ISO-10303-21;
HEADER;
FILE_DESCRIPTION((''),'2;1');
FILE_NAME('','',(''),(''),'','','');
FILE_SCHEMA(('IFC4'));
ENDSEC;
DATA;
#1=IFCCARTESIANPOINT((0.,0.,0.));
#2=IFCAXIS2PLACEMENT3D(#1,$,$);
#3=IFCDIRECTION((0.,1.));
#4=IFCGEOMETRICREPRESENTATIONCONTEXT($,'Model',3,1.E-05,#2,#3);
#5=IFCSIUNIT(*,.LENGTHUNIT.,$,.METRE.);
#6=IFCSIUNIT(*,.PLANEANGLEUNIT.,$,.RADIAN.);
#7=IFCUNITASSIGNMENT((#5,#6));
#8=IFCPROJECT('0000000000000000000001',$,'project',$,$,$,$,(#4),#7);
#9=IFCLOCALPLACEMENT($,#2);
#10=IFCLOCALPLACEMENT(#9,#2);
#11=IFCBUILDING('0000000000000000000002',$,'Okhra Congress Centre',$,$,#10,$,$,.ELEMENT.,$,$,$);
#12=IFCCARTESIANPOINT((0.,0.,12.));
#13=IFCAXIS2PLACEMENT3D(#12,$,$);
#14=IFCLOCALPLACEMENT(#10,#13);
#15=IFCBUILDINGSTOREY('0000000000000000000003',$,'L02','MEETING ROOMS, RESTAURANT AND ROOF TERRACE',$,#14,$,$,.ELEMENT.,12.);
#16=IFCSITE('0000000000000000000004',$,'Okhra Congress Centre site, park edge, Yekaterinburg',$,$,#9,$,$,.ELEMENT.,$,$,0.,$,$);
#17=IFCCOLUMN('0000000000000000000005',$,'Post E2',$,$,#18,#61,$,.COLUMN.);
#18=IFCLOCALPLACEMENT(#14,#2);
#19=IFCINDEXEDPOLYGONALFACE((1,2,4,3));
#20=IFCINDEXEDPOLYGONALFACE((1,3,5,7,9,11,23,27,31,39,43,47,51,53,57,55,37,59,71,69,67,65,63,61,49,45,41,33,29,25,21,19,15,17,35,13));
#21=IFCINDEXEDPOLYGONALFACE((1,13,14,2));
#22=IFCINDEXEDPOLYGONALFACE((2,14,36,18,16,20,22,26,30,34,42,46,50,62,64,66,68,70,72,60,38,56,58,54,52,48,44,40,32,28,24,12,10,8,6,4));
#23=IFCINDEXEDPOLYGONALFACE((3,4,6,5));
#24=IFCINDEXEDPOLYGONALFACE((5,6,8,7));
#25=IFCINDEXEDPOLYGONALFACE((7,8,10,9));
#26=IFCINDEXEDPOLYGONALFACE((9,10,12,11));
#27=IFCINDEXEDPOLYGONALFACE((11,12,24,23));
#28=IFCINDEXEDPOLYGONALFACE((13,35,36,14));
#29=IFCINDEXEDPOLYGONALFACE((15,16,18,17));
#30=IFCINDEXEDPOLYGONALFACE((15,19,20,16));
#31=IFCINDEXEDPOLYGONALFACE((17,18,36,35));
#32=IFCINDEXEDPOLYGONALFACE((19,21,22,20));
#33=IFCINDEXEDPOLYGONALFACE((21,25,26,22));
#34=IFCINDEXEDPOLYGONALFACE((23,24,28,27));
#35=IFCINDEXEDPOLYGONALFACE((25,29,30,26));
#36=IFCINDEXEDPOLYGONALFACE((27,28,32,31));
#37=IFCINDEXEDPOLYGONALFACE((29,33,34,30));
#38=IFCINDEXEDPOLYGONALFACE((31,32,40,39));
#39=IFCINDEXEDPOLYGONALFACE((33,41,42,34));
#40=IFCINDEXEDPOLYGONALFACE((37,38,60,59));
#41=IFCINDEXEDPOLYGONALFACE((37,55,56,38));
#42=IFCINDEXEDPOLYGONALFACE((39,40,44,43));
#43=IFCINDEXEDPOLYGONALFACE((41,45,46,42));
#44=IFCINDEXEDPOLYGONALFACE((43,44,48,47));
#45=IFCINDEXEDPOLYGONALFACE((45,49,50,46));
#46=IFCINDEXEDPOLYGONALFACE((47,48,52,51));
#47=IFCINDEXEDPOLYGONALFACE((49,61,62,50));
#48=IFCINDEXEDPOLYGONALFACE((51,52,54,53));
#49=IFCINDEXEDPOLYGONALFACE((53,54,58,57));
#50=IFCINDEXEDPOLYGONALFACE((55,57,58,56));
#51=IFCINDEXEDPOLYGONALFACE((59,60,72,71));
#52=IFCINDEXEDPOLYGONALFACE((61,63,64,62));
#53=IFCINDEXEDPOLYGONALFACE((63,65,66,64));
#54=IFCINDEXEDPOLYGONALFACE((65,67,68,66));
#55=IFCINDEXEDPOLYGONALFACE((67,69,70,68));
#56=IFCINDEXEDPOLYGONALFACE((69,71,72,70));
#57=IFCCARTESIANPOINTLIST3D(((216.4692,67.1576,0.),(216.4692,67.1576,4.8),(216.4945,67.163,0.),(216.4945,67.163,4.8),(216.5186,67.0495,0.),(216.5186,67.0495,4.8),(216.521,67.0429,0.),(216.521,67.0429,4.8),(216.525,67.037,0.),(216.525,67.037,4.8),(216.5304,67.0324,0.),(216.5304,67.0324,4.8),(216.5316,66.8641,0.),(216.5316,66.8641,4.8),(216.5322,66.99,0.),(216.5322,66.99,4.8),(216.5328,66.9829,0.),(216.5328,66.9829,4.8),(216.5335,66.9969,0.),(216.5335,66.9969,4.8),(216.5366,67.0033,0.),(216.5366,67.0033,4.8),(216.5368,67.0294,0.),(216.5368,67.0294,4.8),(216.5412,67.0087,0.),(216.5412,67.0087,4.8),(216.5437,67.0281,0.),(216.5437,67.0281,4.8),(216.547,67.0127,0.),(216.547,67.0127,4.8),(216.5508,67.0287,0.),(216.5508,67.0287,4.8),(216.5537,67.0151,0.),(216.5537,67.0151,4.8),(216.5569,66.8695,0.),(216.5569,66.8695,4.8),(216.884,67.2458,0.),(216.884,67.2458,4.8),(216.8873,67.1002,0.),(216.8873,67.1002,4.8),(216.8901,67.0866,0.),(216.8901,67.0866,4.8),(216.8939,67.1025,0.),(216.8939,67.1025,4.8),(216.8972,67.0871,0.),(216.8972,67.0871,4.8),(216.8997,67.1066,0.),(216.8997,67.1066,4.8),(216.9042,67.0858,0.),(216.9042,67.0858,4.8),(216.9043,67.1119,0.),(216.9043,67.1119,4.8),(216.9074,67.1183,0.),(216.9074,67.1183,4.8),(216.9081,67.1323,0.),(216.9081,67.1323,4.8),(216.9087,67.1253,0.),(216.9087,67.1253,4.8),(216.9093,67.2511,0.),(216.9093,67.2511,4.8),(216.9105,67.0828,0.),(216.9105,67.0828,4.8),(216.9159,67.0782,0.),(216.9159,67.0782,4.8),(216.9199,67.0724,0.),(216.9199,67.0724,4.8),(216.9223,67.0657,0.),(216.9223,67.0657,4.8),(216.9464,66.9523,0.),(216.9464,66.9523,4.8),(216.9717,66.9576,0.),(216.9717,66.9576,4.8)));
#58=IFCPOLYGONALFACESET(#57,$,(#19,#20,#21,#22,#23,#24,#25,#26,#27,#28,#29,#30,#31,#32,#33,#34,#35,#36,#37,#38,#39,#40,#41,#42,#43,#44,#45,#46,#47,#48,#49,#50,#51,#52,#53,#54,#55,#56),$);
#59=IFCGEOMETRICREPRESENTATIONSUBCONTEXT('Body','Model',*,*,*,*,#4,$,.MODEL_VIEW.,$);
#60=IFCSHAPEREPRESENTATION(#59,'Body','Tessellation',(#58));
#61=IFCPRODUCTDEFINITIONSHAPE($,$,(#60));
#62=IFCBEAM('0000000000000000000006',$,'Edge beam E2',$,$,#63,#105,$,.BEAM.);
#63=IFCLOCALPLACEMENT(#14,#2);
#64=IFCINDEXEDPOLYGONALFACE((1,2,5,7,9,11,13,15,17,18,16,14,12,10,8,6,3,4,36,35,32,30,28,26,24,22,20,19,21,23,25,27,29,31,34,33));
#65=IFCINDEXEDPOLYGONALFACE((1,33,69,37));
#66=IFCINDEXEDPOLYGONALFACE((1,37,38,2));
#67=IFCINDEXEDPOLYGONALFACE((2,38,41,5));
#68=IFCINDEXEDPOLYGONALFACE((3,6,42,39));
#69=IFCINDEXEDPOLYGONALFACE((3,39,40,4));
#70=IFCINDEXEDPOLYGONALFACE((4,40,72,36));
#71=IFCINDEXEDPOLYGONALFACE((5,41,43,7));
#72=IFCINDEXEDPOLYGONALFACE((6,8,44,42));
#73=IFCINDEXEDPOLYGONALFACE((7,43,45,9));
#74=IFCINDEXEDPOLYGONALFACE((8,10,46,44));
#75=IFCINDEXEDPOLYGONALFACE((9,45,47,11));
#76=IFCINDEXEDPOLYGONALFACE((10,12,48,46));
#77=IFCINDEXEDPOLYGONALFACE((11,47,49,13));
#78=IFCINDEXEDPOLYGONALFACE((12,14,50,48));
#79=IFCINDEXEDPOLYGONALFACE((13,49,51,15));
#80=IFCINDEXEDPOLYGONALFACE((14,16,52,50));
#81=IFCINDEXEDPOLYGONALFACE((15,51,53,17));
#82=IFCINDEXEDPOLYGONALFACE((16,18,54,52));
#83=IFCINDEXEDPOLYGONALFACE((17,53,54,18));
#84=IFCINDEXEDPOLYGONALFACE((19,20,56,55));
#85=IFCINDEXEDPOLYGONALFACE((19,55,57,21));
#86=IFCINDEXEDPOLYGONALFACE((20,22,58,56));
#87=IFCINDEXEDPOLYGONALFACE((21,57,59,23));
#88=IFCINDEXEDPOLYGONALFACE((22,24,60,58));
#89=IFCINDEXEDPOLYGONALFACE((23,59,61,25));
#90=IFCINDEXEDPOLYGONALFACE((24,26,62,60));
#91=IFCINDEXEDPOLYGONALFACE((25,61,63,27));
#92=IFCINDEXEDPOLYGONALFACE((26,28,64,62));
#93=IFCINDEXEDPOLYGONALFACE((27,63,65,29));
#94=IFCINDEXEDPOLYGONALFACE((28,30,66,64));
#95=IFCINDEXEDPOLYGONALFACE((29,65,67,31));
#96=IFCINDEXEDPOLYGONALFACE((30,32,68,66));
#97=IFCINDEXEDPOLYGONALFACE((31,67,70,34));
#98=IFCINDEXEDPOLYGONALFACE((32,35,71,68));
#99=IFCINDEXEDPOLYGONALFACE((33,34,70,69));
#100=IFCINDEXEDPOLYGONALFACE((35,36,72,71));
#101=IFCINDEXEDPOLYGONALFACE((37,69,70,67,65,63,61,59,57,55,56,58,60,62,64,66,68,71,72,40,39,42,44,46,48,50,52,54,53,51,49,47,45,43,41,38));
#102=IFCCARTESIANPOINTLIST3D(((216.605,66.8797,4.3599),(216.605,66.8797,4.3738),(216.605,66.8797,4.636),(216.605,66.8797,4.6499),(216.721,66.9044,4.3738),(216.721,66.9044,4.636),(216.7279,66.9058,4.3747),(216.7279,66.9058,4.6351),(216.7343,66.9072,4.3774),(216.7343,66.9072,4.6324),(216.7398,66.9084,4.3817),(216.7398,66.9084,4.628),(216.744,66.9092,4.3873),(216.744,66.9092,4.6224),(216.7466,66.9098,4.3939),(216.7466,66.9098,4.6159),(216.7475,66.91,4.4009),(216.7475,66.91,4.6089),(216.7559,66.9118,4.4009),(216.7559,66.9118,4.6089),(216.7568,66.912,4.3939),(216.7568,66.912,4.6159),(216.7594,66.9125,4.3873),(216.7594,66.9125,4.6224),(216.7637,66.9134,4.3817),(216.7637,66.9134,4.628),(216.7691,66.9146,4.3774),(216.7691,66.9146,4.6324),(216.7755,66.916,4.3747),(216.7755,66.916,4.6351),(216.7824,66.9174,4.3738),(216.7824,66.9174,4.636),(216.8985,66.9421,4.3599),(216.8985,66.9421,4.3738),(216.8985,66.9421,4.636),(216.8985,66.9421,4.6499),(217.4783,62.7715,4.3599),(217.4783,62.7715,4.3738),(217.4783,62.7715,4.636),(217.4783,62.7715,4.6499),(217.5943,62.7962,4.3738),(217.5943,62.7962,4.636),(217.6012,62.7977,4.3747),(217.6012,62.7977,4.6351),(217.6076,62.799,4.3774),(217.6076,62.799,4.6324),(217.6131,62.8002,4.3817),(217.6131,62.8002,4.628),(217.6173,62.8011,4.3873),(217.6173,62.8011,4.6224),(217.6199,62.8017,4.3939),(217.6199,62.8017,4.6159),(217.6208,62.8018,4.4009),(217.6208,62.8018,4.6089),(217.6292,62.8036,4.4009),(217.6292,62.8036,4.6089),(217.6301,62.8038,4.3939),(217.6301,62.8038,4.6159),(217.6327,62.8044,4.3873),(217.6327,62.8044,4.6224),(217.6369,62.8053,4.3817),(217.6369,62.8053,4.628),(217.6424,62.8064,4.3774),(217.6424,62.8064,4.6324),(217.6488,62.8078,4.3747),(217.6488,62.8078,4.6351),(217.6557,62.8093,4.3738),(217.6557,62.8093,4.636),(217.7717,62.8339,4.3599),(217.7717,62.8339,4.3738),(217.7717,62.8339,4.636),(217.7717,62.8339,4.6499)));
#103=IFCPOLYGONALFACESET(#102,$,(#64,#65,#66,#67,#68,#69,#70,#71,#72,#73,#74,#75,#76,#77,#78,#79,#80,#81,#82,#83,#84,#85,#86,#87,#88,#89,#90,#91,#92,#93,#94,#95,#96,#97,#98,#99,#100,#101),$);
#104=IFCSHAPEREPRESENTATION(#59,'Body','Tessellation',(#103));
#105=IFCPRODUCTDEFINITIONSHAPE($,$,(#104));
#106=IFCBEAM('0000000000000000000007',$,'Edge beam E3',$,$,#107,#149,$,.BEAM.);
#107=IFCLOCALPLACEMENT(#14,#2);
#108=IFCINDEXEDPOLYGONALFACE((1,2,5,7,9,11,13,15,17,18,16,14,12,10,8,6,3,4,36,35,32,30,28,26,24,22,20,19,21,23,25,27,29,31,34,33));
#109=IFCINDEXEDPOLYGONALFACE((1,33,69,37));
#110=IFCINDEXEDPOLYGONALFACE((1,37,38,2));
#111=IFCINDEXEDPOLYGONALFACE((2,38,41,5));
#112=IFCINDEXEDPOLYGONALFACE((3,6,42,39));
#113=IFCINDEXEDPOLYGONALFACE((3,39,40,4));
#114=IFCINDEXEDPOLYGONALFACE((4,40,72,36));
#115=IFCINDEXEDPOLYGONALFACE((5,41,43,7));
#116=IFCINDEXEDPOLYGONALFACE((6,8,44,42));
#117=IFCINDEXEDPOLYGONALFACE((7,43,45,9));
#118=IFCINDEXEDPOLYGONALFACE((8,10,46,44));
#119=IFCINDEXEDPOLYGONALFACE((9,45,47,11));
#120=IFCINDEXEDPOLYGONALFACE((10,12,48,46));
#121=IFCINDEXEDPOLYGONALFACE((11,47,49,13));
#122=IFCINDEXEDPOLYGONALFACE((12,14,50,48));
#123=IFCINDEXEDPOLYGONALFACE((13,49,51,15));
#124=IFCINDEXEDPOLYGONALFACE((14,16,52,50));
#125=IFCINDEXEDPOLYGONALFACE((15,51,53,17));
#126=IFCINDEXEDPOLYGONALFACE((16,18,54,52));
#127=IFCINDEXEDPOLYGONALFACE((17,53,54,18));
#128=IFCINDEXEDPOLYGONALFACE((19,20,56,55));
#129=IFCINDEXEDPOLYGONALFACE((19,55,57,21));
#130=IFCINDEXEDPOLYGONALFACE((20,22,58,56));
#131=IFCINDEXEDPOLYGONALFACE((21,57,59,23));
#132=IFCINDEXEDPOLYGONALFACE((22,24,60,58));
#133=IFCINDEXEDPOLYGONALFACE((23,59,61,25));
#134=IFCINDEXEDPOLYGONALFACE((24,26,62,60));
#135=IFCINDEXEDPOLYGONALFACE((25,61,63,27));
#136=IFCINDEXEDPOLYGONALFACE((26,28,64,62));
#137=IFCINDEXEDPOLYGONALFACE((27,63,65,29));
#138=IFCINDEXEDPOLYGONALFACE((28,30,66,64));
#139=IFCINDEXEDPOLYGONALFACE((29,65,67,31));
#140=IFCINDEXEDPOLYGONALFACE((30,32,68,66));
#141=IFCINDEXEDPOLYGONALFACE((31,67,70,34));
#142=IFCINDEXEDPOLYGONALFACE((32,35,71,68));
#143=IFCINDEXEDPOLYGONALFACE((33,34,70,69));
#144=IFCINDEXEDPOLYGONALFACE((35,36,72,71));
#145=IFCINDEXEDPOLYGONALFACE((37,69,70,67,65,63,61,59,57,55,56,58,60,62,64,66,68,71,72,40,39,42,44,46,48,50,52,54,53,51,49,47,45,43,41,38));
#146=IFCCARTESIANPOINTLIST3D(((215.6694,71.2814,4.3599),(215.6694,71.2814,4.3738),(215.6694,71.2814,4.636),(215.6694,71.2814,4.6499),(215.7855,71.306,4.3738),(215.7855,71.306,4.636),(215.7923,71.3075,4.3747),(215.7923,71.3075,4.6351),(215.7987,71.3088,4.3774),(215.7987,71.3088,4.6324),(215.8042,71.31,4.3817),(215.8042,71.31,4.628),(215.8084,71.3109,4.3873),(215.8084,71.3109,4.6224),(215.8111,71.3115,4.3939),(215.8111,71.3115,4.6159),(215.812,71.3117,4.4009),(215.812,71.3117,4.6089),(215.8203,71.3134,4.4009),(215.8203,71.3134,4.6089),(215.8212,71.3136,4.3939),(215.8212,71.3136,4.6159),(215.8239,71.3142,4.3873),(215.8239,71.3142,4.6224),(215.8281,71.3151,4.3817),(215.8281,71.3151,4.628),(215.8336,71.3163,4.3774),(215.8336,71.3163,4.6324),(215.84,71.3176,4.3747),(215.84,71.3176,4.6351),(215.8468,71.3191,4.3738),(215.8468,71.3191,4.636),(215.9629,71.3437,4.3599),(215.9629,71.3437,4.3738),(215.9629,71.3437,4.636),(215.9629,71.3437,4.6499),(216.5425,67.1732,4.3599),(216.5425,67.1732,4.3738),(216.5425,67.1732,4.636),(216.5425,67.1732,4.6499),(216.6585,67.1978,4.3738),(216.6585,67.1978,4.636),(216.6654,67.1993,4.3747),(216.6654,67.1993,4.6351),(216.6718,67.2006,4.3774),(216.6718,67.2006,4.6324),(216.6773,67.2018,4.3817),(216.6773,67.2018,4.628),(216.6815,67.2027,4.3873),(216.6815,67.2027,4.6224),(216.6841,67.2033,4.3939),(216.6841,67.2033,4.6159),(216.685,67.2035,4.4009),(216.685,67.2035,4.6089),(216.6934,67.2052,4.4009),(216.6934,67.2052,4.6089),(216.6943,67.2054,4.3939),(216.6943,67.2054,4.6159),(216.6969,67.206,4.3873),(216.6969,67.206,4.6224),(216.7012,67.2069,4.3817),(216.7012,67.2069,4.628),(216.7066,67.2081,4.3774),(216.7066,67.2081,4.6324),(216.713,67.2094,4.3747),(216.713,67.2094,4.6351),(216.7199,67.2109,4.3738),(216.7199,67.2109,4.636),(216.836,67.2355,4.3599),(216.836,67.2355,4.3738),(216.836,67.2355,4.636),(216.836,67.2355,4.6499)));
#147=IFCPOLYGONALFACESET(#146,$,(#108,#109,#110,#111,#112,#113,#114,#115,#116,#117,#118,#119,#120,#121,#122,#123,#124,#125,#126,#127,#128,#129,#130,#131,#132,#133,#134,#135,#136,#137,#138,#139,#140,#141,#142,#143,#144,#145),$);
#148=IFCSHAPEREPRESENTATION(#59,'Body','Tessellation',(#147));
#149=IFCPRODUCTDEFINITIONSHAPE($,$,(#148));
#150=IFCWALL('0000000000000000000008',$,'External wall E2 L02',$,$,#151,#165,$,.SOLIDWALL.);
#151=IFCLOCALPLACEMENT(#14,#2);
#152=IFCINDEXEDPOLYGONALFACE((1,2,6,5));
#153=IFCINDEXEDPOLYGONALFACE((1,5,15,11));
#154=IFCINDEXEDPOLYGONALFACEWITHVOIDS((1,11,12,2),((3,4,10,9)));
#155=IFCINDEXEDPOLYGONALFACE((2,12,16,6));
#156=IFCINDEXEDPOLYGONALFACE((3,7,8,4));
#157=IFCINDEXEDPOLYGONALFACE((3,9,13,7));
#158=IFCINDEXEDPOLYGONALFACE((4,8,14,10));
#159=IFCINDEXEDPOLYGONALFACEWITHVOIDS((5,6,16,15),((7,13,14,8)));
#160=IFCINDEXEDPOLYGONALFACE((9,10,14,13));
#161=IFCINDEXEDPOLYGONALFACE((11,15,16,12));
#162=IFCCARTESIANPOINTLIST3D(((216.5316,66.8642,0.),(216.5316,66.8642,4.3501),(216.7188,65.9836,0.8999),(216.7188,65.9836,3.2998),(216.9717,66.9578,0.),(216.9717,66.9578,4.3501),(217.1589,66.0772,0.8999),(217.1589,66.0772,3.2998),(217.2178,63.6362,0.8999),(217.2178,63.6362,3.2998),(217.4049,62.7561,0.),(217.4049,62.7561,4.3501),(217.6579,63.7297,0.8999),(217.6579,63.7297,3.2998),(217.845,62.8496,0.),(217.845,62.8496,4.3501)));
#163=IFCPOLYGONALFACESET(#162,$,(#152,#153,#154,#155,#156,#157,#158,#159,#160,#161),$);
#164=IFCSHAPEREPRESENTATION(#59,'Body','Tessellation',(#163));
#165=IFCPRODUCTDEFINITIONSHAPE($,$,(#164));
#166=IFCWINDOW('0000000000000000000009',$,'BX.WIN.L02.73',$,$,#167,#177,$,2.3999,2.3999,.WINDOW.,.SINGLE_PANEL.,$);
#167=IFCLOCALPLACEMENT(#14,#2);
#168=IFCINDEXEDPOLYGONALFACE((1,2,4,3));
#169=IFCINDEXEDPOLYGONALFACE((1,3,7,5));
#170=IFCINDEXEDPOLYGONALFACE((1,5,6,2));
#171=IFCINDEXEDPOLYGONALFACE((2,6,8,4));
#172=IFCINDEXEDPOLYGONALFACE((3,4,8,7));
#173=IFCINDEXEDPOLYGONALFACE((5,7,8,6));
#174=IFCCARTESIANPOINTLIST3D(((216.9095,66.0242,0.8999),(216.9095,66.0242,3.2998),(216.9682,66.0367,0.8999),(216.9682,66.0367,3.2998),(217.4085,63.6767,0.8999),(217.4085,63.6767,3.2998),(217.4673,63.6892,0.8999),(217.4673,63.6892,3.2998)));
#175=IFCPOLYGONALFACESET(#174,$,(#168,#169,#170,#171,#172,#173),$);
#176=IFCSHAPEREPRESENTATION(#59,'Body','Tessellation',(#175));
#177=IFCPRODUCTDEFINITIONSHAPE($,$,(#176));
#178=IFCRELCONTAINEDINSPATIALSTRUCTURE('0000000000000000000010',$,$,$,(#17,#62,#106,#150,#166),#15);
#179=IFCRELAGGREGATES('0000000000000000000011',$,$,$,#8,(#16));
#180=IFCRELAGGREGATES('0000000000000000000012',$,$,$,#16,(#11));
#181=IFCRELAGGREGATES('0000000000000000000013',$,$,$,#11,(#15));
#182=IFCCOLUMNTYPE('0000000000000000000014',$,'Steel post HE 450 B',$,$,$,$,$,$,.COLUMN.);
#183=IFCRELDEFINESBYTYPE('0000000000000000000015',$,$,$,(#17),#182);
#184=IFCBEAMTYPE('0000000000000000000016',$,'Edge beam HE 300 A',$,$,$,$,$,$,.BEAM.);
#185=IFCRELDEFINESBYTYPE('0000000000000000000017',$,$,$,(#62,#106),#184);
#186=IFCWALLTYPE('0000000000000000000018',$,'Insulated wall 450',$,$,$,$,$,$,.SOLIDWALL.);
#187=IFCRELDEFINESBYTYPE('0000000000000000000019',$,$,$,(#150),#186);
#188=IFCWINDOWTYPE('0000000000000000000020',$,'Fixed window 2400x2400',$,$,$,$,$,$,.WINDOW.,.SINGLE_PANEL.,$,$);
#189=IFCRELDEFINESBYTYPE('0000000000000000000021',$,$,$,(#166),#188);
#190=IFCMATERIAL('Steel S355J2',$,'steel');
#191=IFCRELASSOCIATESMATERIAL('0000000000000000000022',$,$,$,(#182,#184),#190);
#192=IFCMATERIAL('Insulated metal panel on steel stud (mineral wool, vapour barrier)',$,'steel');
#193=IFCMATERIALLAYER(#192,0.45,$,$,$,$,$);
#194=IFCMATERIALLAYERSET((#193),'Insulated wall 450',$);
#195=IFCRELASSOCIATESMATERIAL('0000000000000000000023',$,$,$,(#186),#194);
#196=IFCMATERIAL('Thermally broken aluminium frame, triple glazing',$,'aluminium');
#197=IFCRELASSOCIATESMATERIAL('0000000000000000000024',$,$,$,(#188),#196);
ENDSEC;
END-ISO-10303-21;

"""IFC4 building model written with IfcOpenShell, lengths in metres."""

from ifc_helpers import new_model, si_unit, direction, frame, frame_2d, origin, origin_2d, place, context, subcontext, project, spatial, rectangle, i_section, extrude, material, layer, layer_set, material_profile, profile_set, type_object, element, fill, save


model = new_model("IFC4")

# Units and contexts
model_context = context("Model", 3, precision=1e-05, world=origin(), true_north=direction((0.0, 1.0)))
body_context = subcontext(model_context, "Body", "Model", "MODEL_VIEW")
ifc_project = project(units=[si_unit("LENGTHUNIT", "METRE"), si_unit("PLANEANGLEUNIT", "RADIAN")], contexts=[model_context])

# Site, building, storey
site_placement = place(None, origin())
site = spatial("IfcSite", under=ifc_project, at=site_placement, Name="Okhra Congress Centre site, park edge, Yekaterinburg", CompositionType="ELEMENT", RefElevation=0.0)
building_placement = place(site_placement, origin())
building = spatial("IfcBuilding", under=site, at=building_placement, Name="Okhra Congress Centre", CompositionType="ELEMENT")
storey_placement = place(building_placement, frame((0.0, 0.0, 12.0)))
storey = spatial("IfcBuildingStorey", under=building, at=storey_placement, Name="L02", Description="MEETING ROOMS, RESTAURANT AND ROOF TERRACE", CompositionType="ELEMENT", Elevation=12.0)

# Column
ifc_material_1 = material(Name="Steel S355J2", Category="steel")
ifc_material_profile_1 = material_profile(ifc_material_1, i_section(OverallWidth=0.3, OverallDepth=0.45, WebThickness=0.0139, FlangeThickness=0.0259, FilletRadius=0.0271, at=origin_2d()), Name="HE 450 B")
ifc_profile_set_1 = profile_set([ifc_material_profile_1], Name="Steel S355J2")
column_type = type_object("IfcColumnType", Name="Steel post HE 450 B", PredefinedType="COLUMN", material=ifc_profile_set_1)
column_placement = place(storey_placement, frame((216.7205, 67.0576, 0.0), z_axis=(0.0, 0.0, 1.0), x_axis=(-0.207912, 0.978148, 0.0)))
element("IfcColumn", 1, at=column_placement, inside=storey, type_object=column_type, Name="Post E2", PredefinedType="COLUMN", context=body_context, shape_type="SweptSolid", body=[
    extrude(i_section(OverallWidth=0.3, OverallDepth=0.45, WebThickness=0.0139, FlangeThickness=0.0259, FilletRadius=0.0271, at=origin_2d()), origin(), (0.0, 0.0, 1.0), 4.8),
])

# Beams
ifc_material_profile_2 = material_profile(ifc_material_1, i_section(OverallWidth=0.3, OverallDepth=0.29, WebThickness=0.0085, FlangeThickness=0.0139, FilletRadius=0.0271, at=origin_2d()), Name="HE 300 A")
ifc_profile_set_2 = profile_set([ifc_material_profile_2], Name="Steel S355J2")
beam_type = type_object("IfcBeamType", Name="Edge beam HE 300 A", PredefinedType="BEAM", material=ifc_profile_set_2)
for number, where, z_axis, x_axis, name in (
    (2, (217.625, 62.8027, 4.5049), (-0.207929, 0.978144, 0.0), (-0.978144, -0.207929, 0.0), "Edge beam E2"),
    (3, (216.6892, 67.2043, 4.5049), (-0.207873, 0.978156, 0.0), (-0.978156, -0.207873, 0.0), "Edge beam E3"),
):
    element("IfcBeam", number, at=place(storey_placement, frame(where, z_axis=z_axis, x_axis=x_axis)), inside=storey, type_object=beam_type, Name=name, PredefinedType="BEAM", context=body_context, shape_type="SweptSolid", body=[
        extrude(i_section(OverallWidth=0.3, OverallDepth=0.29, WebThickness=0.0085, FlangeThickness=0.0139, FilletRadius=0.0271, at=origin_2d()), origin(), (0.0, 0.0, 1.0), 4.2),
    ])

# Wall, opening, window
ifc_material_2 = material(Name="Insulated metal panel on steel stud (mineral wool, vapour barrier)", Category="steel")
ifc_layer_1 = layer(ifc_material_2, 0.45)
ifc_layer_set_1 = layer_set([ifc_layer_1], Name="Insulated wall 450")
wall_type_1 = type_object("IfcWallType", Name="Insulated wall 450", PredefinedType="SOLIDWALL", material=ifc_layer_set_1)
wall_1_placement = place(storey_placement, frame((217.625, 62.8027, 0.0), z_axis=(0.0, 0.0, 1.0), x_axis=(-0.207929, 0.978144, 0.0)))
wall_1 = element("IfcWall", 4, at=wall_1_placement, inside=storey, type_object=wall_type_1, Name="External wall E2 L02", PredefinedType="SOLIDWALL", context=body_context, shape_type="SweptSolid", body=[
    extrude(rectangle(XDim=4.2, YDim=0.45, at=frame_2d((2.1001, 0.0))), origin(), (0.0, 0.0, 1.0), 4.3501),
])
opening_1_placement = place(wall_1_placement, frame((0.8999, 0.0, 0.8999)))
opening_1 = element("IfcOpeningElement", 5, at=opening_1_placement, cuts=wall_1, PredefinedType="OPENING", context=body_context, shape_type="SweptSolid", body=[
    extrude(rectangle(XDim=2.3999, YDim=2.3999, at=frame_2d((1.2, 1.2))), frame((0.0, 0.2349, 0.0), z_axis=(0.0, -1.0, 0.0), x_axis=(1.0, 0.0, 0.0)), (0.0, 0.0, 1.0), 0.47),
])
ifc_material_3 = material(Name="Thermally broken aluminium frame, triple glazing", Category="aluminium")
window_type_1 = type_object("IfcWindowType", Name="Fixed window 2400x2400", PartitioningType="SINGLE_PANEL", PredefinedType="WINDOW", material=ifc_material_3)
window_1_placement = place(opening_1_placement, origin())
window_1 = element("IfcWindow", 6, at=window_1_placement, inside=storey, type_object=window_type_1, Name="BX.WIN.L02.73", OverallHeight=2.3999, OverallWidth=2.3999, PartitioningType="SINGLE_PANEL", PredefinedType="WINDOW", context=body_context, shape_type="SweptSolid", body=[
    extrude(rectangle(XDim=2.3999, YDim=2.3999, at=frame_2d((1.2, 1.2))), frame((0.0, 0.03, 0.0), z_axis=(0.0, -1.0, 0.0), x_axis=(1.0, 0.0, 0.0)), (0.0, 0.0, 1.0), 0.0601),
])
fill(opening_1, window_1)

save(model, "model.ifc")
